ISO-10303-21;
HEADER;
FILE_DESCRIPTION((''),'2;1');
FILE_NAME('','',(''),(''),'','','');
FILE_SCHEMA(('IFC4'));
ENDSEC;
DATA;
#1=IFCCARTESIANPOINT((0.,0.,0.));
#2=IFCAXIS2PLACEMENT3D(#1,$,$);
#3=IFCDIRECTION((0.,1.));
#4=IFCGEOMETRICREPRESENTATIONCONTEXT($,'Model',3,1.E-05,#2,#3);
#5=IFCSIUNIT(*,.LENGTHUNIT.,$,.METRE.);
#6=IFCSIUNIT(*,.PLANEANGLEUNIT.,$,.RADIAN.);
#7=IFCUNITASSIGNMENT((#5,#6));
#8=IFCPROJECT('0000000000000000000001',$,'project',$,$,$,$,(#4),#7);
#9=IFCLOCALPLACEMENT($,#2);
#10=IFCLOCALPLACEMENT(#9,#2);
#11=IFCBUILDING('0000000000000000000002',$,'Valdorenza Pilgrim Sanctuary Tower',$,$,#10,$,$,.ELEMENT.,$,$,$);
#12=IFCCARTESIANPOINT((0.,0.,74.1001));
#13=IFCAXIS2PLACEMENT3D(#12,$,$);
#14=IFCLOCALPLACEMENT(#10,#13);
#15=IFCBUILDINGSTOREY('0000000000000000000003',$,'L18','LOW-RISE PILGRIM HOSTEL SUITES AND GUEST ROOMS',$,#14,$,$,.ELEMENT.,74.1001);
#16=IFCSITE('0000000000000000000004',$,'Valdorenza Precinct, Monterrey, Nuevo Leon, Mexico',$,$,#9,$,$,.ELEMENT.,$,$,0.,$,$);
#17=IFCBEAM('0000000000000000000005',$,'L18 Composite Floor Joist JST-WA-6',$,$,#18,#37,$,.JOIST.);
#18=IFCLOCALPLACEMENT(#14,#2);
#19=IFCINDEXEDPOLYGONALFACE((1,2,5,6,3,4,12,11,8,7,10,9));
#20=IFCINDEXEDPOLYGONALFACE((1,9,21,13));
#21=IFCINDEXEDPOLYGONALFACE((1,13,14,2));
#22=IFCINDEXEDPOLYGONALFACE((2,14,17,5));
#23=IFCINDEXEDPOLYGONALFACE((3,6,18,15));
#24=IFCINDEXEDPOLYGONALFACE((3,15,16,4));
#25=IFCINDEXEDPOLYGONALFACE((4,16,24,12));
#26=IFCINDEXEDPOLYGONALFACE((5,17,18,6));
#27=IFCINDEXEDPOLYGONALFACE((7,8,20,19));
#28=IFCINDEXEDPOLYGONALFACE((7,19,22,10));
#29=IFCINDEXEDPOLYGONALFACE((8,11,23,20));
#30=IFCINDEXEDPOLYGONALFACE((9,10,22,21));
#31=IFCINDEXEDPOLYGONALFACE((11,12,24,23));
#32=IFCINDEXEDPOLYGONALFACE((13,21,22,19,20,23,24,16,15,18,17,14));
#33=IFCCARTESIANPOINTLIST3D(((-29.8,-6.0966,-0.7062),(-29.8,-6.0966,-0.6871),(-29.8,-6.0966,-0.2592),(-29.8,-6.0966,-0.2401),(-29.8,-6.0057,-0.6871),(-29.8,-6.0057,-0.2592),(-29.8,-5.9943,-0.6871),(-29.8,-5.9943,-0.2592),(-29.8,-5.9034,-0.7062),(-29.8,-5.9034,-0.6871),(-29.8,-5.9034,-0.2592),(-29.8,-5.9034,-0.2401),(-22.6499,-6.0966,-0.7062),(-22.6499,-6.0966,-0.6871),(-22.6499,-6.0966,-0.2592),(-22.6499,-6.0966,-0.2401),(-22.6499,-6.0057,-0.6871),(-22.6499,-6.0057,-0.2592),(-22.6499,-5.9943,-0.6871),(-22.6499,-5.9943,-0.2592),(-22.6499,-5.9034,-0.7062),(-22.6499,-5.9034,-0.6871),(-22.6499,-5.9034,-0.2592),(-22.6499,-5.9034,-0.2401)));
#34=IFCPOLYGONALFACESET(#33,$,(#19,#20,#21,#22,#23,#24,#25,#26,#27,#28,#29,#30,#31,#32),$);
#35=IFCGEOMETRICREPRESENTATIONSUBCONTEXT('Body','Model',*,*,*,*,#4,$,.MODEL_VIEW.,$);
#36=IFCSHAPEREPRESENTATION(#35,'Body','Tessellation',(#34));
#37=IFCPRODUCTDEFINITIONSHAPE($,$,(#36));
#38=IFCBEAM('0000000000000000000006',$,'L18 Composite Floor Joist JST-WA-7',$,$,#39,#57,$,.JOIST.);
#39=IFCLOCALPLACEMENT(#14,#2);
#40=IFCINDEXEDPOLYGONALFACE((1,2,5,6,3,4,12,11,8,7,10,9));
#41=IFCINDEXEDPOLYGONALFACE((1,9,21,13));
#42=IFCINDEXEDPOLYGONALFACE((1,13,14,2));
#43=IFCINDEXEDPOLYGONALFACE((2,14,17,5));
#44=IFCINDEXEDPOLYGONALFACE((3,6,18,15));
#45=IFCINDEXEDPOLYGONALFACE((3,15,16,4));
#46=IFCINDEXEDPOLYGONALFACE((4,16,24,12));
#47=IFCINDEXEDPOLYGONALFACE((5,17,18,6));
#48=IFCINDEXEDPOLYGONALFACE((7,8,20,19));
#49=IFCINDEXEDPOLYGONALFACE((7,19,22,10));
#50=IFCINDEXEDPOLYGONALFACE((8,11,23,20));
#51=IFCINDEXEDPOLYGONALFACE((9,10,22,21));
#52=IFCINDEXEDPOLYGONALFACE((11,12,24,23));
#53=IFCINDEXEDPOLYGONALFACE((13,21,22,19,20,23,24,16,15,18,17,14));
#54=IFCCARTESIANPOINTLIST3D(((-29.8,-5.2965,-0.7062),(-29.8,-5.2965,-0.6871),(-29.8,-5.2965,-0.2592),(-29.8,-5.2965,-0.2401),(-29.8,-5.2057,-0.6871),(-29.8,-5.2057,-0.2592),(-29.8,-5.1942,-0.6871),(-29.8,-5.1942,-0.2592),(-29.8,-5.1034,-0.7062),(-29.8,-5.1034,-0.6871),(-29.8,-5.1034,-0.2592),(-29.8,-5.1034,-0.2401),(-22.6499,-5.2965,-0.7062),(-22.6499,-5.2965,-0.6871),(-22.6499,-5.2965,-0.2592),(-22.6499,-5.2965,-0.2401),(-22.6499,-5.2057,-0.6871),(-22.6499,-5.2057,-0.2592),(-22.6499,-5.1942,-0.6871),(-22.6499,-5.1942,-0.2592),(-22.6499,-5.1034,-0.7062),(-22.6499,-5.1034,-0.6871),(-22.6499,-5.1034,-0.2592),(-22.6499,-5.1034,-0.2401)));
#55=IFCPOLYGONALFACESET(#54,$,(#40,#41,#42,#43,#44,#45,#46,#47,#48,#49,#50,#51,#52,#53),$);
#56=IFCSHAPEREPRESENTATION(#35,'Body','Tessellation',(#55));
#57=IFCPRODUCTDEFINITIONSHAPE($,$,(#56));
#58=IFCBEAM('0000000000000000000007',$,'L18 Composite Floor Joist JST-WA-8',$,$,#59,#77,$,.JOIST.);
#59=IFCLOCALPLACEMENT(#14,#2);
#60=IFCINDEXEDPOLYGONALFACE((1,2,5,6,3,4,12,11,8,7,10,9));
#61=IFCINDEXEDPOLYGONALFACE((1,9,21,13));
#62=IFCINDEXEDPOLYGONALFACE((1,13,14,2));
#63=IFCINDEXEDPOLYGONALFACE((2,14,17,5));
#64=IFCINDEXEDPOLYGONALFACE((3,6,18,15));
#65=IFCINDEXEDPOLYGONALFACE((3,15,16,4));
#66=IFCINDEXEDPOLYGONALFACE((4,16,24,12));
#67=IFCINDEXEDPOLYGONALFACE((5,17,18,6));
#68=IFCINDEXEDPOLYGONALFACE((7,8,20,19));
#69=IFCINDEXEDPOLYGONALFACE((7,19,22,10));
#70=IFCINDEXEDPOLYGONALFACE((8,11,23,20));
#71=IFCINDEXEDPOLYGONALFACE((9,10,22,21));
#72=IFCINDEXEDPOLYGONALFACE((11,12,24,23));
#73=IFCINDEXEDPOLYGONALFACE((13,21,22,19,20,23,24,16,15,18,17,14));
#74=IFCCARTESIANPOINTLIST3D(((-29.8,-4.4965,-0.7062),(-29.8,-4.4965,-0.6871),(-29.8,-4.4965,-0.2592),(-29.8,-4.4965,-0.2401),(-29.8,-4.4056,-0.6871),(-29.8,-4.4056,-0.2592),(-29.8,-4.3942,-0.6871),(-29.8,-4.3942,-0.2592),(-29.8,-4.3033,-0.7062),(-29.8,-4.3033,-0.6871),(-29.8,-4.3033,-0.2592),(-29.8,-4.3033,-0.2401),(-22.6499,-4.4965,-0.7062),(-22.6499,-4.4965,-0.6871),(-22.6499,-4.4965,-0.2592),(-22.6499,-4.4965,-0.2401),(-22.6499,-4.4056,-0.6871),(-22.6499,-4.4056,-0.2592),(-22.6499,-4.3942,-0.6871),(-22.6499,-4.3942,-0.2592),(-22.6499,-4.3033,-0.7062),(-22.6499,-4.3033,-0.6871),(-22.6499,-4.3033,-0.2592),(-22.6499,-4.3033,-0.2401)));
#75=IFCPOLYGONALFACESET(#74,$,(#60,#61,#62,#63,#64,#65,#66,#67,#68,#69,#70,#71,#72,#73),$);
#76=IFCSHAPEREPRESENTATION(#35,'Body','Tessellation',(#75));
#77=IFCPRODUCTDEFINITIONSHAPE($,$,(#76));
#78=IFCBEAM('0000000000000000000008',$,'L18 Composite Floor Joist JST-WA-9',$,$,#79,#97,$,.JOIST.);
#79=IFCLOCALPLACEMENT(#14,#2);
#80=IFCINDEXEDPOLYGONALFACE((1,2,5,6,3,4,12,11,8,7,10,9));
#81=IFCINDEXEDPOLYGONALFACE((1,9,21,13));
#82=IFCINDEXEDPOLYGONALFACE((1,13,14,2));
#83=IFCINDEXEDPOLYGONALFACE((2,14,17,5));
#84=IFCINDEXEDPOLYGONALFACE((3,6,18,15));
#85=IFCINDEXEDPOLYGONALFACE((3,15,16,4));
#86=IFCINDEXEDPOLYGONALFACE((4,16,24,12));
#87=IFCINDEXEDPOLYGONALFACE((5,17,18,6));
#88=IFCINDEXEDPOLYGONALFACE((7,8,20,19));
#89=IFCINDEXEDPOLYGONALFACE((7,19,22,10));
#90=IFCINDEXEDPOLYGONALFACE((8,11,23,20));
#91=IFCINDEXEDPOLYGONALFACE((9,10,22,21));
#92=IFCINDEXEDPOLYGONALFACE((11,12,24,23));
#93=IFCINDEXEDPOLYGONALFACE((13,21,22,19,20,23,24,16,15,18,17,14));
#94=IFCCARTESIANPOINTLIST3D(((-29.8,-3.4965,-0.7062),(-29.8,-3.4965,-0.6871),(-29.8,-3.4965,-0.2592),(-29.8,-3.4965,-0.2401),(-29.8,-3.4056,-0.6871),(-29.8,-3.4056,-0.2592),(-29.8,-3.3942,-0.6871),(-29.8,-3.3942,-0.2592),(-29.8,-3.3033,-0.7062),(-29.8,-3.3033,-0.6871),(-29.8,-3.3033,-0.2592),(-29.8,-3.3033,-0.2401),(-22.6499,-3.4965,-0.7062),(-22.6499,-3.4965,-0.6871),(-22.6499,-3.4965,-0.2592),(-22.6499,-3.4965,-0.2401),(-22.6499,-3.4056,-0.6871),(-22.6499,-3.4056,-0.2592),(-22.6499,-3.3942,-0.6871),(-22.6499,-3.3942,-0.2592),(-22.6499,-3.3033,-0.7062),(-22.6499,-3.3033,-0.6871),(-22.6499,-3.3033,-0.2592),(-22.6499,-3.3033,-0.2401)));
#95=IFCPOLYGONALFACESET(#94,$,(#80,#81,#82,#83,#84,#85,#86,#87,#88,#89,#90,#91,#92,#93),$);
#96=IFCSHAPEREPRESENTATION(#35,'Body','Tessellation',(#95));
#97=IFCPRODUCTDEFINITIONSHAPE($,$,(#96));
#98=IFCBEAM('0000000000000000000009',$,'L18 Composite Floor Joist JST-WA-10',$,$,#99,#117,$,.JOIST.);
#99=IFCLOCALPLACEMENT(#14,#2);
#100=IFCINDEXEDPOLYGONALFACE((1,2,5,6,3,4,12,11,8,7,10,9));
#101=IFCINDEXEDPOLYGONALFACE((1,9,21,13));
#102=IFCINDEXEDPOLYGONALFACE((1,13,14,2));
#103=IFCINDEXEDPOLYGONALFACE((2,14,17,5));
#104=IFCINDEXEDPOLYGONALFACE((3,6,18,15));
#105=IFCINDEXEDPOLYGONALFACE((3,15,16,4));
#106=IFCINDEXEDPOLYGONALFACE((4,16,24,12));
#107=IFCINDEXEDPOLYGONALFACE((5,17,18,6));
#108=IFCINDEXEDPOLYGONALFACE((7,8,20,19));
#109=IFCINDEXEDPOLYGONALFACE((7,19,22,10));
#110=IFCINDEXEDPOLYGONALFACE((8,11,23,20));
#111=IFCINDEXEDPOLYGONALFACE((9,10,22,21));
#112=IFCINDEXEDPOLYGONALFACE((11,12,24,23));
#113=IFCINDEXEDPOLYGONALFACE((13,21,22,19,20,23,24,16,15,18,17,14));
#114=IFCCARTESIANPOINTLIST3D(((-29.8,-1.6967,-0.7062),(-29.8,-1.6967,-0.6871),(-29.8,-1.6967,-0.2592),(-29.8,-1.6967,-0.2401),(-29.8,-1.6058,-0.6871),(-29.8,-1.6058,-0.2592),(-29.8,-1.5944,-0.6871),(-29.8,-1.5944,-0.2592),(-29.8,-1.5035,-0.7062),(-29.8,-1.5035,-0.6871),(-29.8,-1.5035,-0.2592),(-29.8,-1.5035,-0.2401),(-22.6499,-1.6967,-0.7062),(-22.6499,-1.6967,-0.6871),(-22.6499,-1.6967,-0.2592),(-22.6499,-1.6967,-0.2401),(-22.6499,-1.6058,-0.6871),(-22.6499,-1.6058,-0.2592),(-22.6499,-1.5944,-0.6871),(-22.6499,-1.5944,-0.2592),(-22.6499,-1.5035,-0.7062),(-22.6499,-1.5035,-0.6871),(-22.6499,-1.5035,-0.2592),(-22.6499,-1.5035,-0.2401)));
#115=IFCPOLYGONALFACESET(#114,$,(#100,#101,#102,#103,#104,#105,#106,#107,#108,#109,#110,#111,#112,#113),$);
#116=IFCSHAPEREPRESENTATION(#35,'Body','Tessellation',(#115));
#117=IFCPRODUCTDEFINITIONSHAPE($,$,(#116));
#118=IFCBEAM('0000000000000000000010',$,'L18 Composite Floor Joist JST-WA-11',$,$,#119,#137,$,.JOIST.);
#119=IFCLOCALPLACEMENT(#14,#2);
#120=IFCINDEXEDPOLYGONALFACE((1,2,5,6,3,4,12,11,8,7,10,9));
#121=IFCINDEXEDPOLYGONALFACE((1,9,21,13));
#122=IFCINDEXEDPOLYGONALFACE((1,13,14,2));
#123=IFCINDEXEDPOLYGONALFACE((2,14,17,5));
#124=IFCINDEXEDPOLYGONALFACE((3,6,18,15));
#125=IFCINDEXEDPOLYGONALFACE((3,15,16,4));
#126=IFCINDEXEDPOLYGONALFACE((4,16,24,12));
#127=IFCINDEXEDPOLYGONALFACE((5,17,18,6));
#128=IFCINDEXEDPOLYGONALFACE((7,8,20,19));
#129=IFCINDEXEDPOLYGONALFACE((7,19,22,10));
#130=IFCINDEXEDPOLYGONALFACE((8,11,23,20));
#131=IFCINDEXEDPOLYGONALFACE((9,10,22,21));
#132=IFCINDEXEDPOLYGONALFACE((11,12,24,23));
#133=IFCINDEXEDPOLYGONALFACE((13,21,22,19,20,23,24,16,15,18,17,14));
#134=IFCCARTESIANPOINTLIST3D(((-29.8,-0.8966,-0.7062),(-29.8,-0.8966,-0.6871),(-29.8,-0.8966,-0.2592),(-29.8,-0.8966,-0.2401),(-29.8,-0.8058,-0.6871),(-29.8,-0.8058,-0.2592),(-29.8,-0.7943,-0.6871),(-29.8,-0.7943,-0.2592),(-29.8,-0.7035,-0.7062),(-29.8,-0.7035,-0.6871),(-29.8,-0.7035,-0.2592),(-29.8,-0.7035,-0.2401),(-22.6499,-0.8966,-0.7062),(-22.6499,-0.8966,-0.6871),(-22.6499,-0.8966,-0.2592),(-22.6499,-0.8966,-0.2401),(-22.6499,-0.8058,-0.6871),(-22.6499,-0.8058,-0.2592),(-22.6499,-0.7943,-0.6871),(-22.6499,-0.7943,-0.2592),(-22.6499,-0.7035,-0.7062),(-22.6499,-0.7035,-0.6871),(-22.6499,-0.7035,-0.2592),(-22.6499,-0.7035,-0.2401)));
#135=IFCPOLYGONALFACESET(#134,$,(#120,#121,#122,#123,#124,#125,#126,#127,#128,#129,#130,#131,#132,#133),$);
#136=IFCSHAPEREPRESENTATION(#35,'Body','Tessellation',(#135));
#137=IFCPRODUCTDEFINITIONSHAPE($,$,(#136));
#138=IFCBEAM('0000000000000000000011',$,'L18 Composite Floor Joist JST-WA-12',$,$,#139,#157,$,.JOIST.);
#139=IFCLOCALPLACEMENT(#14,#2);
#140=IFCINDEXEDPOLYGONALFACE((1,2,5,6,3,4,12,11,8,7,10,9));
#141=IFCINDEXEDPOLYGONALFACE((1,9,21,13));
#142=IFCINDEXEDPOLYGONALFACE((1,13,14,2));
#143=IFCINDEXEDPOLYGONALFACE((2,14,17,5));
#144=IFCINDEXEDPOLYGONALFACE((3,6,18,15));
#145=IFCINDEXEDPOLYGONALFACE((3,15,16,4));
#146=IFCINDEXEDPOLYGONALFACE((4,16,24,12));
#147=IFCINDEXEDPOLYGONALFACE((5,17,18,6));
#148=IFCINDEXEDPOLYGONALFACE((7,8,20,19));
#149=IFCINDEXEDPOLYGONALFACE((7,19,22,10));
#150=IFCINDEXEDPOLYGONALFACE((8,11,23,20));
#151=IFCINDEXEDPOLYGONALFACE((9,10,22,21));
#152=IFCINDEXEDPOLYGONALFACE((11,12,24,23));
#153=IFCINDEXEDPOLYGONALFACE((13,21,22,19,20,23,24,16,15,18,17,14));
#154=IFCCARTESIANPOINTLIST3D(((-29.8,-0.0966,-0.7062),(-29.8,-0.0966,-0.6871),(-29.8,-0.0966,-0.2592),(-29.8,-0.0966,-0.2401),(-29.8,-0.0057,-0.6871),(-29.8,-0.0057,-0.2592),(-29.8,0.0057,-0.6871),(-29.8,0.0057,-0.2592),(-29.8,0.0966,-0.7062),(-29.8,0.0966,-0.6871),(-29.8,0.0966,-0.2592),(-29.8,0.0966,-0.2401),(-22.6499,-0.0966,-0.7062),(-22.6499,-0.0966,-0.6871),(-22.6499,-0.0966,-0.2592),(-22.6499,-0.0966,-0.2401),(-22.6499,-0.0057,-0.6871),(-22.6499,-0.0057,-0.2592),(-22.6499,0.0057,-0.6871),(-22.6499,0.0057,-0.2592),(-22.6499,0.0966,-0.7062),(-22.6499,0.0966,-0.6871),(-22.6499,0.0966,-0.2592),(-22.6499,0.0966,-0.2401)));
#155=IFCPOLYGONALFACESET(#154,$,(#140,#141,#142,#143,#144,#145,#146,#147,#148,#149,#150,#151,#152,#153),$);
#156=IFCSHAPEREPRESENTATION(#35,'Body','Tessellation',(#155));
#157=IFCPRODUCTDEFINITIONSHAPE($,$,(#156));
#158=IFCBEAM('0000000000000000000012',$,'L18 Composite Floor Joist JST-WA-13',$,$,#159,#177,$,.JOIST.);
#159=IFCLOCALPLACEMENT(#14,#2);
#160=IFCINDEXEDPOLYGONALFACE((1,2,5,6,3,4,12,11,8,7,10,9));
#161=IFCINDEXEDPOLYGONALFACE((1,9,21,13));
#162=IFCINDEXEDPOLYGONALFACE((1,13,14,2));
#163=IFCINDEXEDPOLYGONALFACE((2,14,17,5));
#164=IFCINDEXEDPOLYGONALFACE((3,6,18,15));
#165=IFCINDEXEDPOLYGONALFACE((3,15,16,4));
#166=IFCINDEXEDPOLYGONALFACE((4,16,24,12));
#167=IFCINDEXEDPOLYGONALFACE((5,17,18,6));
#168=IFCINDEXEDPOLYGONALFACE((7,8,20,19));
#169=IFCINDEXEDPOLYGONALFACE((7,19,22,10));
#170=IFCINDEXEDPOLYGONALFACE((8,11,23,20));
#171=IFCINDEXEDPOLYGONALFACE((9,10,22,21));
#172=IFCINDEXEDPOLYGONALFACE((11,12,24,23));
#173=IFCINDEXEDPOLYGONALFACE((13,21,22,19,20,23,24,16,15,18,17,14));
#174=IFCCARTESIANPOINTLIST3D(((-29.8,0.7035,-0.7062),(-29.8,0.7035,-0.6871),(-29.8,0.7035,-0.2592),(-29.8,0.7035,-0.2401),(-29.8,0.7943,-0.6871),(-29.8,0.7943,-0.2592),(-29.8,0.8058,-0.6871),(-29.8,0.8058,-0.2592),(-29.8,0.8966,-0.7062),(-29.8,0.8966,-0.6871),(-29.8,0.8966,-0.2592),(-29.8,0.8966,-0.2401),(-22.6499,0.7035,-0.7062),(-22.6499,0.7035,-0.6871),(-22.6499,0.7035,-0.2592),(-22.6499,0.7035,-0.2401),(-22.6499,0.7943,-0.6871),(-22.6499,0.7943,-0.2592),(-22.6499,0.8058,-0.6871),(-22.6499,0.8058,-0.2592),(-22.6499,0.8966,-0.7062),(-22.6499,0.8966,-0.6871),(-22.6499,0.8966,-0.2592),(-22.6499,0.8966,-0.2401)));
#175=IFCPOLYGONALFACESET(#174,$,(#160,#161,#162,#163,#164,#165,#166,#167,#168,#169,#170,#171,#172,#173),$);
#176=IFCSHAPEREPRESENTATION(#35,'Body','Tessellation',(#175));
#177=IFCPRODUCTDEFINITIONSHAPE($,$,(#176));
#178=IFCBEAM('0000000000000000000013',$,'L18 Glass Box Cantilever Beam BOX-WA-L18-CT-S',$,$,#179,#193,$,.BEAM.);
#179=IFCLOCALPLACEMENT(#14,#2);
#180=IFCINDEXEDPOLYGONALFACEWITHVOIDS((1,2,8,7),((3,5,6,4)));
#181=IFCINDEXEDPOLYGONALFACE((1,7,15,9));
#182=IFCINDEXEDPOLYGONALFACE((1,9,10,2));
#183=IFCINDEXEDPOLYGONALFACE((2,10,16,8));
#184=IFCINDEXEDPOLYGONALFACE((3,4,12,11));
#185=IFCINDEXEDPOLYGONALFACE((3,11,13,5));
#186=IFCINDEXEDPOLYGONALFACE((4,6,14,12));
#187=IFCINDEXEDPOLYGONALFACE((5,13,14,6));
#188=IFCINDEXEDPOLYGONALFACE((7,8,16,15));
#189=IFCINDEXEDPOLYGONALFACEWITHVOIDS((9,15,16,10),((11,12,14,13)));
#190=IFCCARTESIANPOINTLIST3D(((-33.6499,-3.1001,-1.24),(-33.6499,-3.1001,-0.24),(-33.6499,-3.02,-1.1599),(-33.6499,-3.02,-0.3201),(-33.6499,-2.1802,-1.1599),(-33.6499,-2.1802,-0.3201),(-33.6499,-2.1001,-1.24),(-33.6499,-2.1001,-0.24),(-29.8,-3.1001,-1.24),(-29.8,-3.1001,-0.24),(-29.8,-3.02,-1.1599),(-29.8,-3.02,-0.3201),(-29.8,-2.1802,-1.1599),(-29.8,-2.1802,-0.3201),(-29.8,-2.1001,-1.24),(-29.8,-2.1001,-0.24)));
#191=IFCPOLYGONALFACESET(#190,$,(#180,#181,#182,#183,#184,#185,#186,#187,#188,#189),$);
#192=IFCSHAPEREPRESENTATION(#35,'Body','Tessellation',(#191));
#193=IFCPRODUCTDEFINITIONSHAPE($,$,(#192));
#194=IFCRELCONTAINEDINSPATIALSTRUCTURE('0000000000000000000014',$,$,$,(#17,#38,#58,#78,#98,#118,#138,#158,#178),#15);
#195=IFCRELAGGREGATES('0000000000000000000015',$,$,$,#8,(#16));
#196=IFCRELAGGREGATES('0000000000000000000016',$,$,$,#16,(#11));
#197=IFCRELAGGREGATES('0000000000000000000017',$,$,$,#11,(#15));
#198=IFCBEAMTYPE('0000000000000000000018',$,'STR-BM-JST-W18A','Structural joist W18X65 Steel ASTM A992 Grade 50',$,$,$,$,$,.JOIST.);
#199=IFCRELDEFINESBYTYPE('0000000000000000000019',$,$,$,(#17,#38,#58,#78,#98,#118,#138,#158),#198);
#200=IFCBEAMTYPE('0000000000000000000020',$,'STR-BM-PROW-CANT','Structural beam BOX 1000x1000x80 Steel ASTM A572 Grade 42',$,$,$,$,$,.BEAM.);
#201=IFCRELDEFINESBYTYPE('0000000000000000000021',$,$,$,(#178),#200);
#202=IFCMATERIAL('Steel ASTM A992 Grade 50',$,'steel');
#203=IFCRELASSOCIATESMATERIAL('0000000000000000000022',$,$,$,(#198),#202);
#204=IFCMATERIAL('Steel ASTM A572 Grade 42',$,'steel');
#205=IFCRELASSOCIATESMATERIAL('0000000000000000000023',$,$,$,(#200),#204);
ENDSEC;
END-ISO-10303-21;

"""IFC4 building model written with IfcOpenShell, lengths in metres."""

from ifc_helpers import new_model, si_unit, direction, frame, origin, origin_2d, place, context, subcontext, project, spatial, hollow_rectangle, i_section, extrude, source, transform, mapped, material, material_profile, profile_set, type_object, element, save


model = new_model("IFC4")

# Units and contexts
model_context = context("Model", 3, precision=1e-05, world=origin(), true_north=direction((0.0, 1.0)))
body_context = subcontext(model_context, "Body", "Model", "MODEL_VIEW")
ifc_project = project(units=[si_unit("LENGTHUNIT", "METRE"), si_unit("PLANEANGLEUNIT", "RADIAN")], contexts=[model_context])

# Site, building, storey
site_placement = place(None, origin())
site = spatial("IfcSite", under=ifc_project, at=site_placement, Name="Valdorenza Precinct, Monterrey, Nuevo Leon, Mexico", CompositionType="ELEMENT", RefElevation=0.0)
building_placement = place(site_placement, origin())
building = spatial("IfcBuilding", under=site, at=building_placement, Name="Valdorenza Pilgrim Sanctuary Tower", CompositionType="ELEMENT")
storey_placement = place(building_placement, frame((0.0, 0.0, 74.1001)))
storey = spatial("IfcBuildingStorey", under=building, at=storey_placement, Name="L18", Description="LOW-RISE PILGRIM HOSTEL SUITES AND GUEST ROOMS", CompositionType="ELEMENT", Elevation=74.1001)

# Beams
ifc_material_1 = material(Name="Steel ASTM A992 Grade 50", Category="steel")
ifc_material_profile_1 = material_profile(ifc_material_1, i_section(OverallWidth=0.1931, OverallDepth=0.4661, WebThickness=0.0115, FlangeThickness=0.019, at=origin_2d()), Name="W18X65")
ifc_profile_set_1 = profile_set([ifc_material_profile_1], Name="Steel ASTM A992 Grade 50")
beam_type_1 = type_object("IfcBeamType", Name="STR-BM-JST-W18A", Description="Structural joist W18X65 Steel ASTM A992 Grade 50", PredefinedType="JOIST", material=ifc_profile_set_1)
shared_shape_1 = source(origin(), body_context, "Body", "SweptSolid", [
    extrude(i_section(OverallWidth=0.1931, OverallDepth=0.4661, WebThickness=0.0115, FlangeThickness=0.019, at=origin_2d()), origin(), (0.0, 0.0, 1.0), 7.1501),
])
for number, where, z_axis, x_axis, name in (
    (1, (-29.8, -6.0, -0.4731), (1.0, 0.0, 0.0), (0.0, 1.0, 0.0), "L18 Composite Floor Joist JST-WA-6"),
    (2, (-29.8, -5.2, -0.4731), (1.0, 0.0, 0.0), (0.0, 1.0, 0.0), "L18 Composite Floor Joist JST-WA-7"),
    (3, (-29.8, -4.3999, -0.4731), (1.0, 0.0, 0.0), (0.0, 1.0, 0.0), "L18 Composite Floor Joist JST-WA-8"),
    (4, (-29.8, -3.3999, -0.4731), (1.0, 0.0, 0.0), (0.0, 1.0, 0.0), "L18 Composite Floor Joist JST-WA-9"),
    (5, (-29.8, -1.6001, -0.4731), (1.0, 0.0, 0.0), (0.0, 1.0, 0.0), "L18 Composite Floor Joist JST-WA-10"),
    (6, (-29.8, -0.8, -0.4731), (1.0, 0.0, 0.0), (0.0, 1.0, 0.0), "L18 Composite Floor Joist JST-WA-11"),
    (7, (-29.8, 0.0, -0.4731), (1.0, 0.0, 0.0), (0.0, 1.0, 0.0), "L18 Composite Floor Joist JST-WA-12"),
    (8, (-29.8, 0.8, -0.4731), (1.0, 0.0, 0.0), (0.0, 1.0, 0.0), "L18 Composite Floor Joist JST-WA-13"),
):
    element("IfcBeam", number, at=place(storey_placement, frame(where, z_axis=z_axis, x_axis=x_axis)), inside=storey, type_object=beam_type_1, Name=name, PredefinedType="JOIST", context=body_context, shape_type="MappedRepresentation", body=[
        mapped(shared_shape_1, transform((0.0, 0.0, 0.0), x_axis=(1.0, 0.0, 0.0), y_axis=(0.0, 1.0, 0.0), z_axis=(0.0, 0.0, 1.0), scale=1.0)),
    ])
ifc_material_2 = material(Name="Steel ASTM A572 Grade 42", Category="steel")
ifc_material_profile_2 = material_profile(ifc_material_2, hollow_rectangle(XDim=1.0, YDim=1.0, WallThickness=0.0801, at=origin_2d()), Name="BOX 1000x1000x80")
ifc_profile_set_2 = profile_set([ifc_material_profile_2], Name="Steel ASTM A572 Grade 42")
beam_type_2 = type_object("IfcBeamType", Name="STR-BM-PROW-CANT", Description="Structural beam BOX 1000x1000x80 Steel ASTM A572 Grade 42", PredefinedType="BEAM", material=ifc_profile_set_2)
shared_shape_2 = source(origin(), body_context, "Body", "SweptSolid", [
    extrude(hollow_rectangle(XDim=1.0, YDim=1.0, WallThickness=0.0801, at=origin_2d()), origin(), (0.0, 0.0, 1.0), 3.8499),
])
beam_1_placement = place(storey_placement, frame((-29.8, -2.6001, -0.74), z_axis=(-1.0, 0.0, 0.0), x_axis=(0.0, -1.0, 0.0)))
element("IfcBeam", 9, at=beam_1_placement, inside=storey, type_object=beam_type_2, Name="L18 Glass Box Cantilever Beam BOX-WA-L18-CT-S", PredefinedType="BEAM", context=body_context, shape_type="MappedRepresentation", body=[
    mapped(shared_shape_2, transform((0.0, 0.0, 0.0), x_axis=(1.0, 0.0, 0.0), y_axis=(0.0, 1.0, 0.0), z_axis=(0.0, 0.0, 1.0), scale=1.0)),
])

save(model, "model.ifc")
